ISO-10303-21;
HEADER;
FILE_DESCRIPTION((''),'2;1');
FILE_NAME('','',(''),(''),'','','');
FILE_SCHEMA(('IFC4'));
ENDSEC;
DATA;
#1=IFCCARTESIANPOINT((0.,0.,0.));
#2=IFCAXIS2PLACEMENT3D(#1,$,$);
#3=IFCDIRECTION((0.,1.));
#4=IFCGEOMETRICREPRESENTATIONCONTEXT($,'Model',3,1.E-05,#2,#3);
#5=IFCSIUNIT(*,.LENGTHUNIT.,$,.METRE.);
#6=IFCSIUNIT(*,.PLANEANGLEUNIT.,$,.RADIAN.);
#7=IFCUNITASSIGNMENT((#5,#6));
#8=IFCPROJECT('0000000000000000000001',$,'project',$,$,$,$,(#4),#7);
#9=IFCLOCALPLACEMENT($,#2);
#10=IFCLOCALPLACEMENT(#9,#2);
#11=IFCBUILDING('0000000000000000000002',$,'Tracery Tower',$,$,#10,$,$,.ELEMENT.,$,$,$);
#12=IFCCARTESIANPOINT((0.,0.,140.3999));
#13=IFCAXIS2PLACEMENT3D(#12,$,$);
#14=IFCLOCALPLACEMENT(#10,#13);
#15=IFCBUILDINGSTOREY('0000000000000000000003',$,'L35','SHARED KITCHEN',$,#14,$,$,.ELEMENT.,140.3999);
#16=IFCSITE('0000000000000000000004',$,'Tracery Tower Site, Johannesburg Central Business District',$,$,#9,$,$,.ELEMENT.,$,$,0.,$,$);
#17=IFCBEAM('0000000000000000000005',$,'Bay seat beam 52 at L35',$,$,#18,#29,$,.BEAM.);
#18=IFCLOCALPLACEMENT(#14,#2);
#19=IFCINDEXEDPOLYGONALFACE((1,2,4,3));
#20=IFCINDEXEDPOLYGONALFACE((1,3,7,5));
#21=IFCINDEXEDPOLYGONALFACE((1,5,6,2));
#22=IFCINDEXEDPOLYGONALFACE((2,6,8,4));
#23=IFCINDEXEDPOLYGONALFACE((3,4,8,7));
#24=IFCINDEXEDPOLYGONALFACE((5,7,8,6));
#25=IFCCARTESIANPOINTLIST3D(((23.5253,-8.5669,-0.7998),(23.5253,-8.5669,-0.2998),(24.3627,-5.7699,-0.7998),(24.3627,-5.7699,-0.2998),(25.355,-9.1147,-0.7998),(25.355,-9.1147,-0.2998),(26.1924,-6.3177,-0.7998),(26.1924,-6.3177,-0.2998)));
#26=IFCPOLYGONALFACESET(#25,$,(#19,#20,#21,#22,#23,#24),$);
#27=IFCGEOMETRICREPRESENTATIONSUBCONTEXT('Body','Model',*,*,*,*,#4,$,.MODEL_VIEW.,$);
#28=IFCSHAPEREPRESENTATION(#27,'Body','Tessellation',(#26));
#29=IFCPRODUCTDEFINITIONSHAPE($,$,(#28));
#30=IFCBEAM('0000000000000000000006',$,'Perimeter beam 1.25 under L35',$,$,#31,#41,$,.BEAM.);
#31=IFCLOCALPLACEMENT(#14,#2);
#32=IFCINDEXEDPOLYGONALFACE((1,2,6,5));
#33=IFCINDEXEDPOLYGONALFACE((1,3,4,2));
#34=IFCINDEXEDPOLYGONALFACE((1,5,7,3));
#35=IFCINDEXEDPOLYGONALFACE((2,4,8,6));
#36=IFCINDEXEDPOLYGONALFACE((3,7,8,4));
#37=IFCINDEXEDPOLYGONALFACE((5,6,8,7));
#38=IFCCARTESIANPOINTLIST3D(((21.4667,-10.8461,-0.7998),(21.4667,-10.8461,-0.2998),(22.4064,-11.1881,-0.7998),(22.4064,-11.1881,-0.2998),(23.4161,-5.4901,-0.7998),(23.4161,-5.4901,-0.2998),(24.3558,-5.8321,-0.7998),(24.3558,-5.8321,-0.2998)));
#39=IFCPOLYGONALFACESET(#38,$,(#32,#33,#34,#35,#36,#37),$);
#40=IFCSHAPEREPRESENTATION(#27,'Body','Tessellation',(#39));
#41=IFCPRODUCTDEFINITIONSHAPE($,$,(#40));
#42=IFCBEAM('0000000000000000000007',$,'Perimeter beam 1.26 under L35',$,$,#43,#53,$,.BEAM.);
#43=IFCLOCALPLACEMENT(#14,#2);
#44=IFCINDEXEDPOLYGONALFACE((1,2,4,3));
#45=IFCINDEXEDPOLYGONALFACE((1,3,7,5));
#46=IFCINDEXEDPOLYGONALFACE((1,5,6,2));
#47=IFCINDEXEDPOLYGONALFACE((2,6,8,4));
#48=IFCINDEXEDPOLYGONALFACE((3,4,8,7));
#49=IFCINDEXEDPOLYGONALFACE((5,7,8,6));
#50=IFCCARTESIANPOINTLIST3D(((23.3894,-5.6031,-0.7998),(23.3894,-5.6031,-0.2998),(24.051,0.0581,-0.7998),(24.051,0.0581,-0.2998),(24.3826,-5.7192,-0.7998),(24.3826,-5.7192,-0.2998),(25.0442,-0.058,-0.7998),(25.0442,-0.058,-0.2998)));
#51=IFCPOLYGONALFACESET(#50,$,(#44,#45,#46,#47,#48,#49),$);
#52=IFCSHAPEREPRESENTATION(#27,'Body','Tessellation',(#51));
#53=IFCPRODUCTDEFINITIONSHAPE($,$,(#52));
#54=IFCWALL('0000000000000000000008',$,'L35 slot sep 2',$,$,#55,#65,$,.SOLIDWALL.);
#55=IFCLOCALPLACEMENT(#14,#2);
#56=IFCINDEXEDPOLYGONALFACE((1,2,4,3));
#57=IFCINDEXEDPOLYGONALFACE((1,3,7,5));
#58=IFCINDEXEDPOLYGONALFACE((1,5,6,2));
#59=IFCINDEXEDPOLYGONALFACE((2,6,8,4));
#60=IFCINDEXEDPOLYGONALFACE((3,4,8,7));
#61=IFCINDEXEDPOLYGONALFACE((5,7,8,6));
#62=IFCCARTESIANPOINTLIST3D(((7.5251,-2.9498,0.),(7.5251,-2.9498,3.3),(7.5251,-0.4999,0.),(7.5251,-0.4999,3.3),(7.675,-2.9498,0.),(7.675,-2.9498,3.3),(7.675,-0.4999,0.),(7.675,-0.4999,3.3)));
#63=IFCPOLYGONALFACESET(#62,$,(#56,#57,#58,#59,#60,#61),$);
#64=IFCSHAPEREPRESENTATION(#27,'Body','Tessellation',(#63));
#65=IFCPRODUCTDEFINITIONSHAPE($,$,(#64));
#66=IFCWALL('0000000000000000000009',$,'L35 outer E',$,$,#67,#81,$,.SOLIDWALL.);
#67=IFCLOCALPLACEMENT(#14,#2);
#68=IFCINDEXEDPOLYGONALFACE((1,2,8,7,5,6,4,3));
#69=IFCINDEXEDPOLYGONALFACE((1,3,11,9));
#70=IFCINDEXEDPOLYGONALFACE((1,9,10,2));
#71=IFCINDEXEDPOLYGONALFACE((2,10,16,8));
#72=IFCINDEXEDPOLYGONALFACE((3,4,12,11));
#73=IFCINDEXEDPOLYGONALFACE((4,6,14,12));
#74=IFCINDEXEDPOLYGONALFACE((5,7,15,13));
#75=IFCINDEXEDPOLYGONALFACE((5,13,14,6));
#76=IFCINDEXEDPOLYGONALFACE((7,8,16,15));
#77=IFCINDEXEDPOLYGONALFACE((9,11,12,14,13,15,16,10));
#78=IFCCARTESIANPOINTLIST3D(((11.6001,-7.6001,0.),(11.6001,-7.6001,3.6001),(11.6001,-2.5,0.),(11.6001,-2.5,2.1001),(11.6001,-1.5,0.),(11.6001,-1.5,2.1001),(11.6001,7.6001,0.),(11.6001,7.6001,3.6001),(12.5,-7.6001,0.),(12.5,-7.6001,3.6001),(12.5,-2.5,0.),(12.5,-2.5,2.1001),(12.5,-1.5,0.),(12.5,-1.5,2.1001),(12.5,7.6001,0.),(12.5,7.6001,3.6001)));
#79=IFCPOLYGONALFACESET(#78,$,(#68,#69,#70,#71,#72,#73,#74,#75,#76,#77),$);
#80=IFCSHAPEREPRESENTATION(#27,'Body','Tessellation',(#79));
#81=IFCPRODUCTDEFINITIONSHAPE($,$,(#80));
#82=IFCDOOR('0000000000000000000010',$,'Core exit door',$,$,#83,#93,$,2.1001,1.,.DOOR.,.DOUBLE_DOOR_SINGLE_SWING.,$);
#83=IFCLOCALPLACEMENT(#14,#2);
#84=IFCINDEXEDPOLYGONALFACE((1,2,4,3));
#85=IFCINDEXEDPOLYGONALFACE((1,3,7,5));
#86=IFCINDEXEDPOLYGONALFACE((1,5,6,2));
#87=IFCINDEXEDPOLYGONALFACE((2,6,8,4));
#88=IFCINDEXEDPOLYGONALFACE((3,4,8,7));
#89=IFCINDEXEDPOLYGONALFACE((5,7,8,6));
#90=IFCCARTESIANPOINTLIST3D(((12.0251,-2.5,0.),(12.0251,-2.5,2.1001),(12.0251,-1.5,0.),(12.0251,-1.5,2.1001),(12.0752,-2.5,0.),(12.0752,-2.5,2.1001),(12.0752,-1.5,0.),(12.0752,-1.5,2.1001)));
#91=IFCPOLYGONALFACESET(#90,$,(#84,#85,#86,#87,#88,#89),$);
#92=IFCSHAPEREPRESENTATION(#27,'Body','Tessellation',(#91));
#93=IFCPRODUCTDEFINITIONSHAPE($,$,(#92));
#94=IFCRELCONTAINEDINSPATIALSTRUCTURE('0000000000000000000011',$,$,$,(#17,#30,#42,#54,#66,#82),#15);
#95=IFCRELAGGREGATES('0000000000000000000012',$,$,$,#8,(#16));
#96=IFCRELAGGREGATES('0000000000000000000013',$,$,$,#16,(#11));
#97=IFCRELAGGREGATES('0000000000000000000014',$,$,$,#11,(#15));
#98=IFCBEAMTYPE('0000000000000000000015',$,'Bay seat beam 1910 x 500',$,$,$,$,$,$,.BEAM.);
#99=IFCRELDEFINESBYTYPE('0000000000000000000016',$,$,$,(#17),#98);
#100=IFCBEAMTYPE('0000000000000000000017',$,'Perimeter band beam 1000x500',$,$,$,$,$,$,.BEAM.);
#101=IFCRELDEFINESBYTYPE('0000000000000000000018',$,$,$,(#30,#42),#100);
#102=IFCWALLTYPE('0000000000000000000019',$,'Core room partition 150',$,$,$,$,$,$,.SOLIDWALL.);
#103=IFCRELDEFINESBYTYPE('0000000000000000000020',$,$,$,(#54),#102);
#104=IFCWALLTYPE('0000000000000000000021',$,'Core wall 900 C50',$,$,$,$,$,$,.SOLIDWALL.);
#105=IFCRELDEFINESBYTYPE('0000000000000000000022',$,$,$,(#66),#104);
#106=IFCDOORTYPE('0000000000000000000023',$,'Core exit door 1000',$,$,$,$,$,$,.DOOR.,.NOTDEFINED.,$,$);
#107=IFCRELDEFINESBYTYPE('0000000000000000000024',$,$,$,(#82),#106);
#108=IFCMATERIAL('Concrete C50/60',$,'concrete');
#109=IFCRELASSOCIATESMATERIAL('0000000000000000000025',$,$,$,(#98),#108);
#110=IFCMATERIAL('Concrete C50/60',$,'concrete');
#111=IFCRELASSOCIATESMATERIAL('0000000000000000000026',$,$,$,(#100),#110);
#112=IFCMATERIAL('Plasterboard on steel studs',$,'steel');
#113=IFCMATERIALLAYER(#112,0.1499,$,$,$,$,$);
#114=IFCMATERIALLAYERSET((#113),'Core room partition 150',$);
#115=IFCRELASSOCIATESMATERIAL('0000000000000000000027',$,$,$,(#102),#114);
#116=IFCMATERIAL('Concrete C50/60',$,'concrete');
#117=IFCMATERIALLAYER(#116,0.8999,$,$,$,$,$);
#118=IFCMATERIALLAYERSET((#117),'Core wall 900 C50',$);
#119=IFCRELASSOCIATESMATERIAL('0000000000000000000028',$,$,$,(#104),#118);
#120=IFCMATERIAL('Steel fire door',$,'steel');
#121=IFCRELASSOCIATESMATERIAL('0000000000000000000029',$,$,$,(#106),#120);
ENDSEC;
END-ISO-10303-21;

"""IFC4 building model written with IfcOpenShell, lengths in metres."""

from ifc_helpers import new_model, si_unit, direction, frame, frame_2d, origin, origin_2d, place, context, subcontext, project, spatial, rectangle, extrude, material, layer, layer_set, material_profile, profile_set, type_object, element, fill, save


model = new_model("IFC4")

# Units and contexts
model_context = context("Model", 3, precision=1e-05, world=origin(), true_north=direction((0.0, 1.0)))
body_context = subcontext(model_context, "Body", "Model", "MODEL_VIEW")
ifc_project = project(units=[si_unit("LENGTHUNIT", "METRE"), si_unit("PLANEANGLEUNIT", "RADIAN")], contexts=[model_context])

# Site, building, storey
site_placement = place(None, origin())
site = spatial("IfcSite", under=ifc_project, at=site_placement, Name="Tracery Tower Site, Johannesburg Central Business District", CompositionType="ELEMENT", RefElevation=0.0)
building_placement = place(site_placement, origin())
building = spatial("IfcBuilding", under=site, at=building_placement, Name="Tracery Tower", CompositionType="ELEMENT")
storey_placement = place(building_placement, frame((0.0, 0.0, 140.3999)))
storey = spatial("IfcBuildingStorey", under=building, at=storey_placement, Name="L35", Description="SHARED KITCHEN", CompositionType="ELEMENT", Elevation=140.3999)

# Beams
ifc_material_1 = material(Name="Concrete C50/60", Category="concrete")
ifc_material_profile_1 = material_profile(ifc_material_1, rectangle(XDim=1.9099, YDim=0.5, at=origin_2d()), Name="RC 1910x500")
ifc_profile_set_1 = profile_set([ifc_material_profile_1], Name="Concrete C50/60")
beam_type_1 = type_object("IfcBeamType", Name="Bay seat beam 1910 x 500", PredefinedType="BEAM", material=ifc_profile_set_1)
beam_placement = place(storey_placement, frame((24.4402, -8.8408, -0.5498), z_axis=(0.286803, 0.95799, 0.0), x_axis=(-0.95799, 0.286803, 0.0)))
element("IfcBeam", 1, at=beam_placement, inside=storey, type_object=beam_type_1, Name="Bay seat beam 52 at L35", PredefinedType="BEAM", context=body_context, shape_type="SweptSolid", body=[
    extrude(rectangle(XDim=1.9099, YDim=0.5, at=origin_2d()), origin(), (0.0, 0.0, 1.0), 2.9197),
])
ifc_material_2 = material(Name="Concrete C50/60", Category="concrete")
ifc_material_profile_2 = material_profile(ifc_material_2, rectangle(XDim=1.0, YDim=0.5, at=origin_2d()), Name="RC 1000x500")
ifc_profile_set_2 = profile_set([ifc_material_profile_2], Name="Concrete C50/60")
beam_type_2 = type_object("IfcBeamType", Name="Perimeter band beam 1000x500", PredefinedType="BEAM", material=ifc_profile_set_2)
for number, where, z_axis, x_axis, name in (
    (2, (21.9365, -11.0171, -0.5498), (0.342029, 0.93969, 0.0), (-0.93969, 0.342029, 0.0), "Perimeter beam 1.25 under L35"),
    (3, (23.886, -5.6611, -0.5498), (0.116081, 0.99324, 0.0), (-0.99324, 0.116081, 0.0), "Perimeter beam 1.26 under L35"),
):
    element("IfcBeam", number, at=place(storey_placement, frame(where, z_axis=z_axis, x_axis=x_axis)), inside=storey, type_object=beam_type_2, Name=name, PredefinedType="BEAM", context=body_context, shape_type="SweptSolid", body=[
        extrude(rectangle(XDim=1.0, YDim=0.5, at=origin_2d()), origin(), (0.0, 0.0, 1.0), 5.6997),
    ])

# Wall
ifc_material_3 = material(Name="Plasterboard on steel studs", Category="steel")
ifc_layer_1 = layer(ifc_material_3, 0.1499)
ifc_layer_set_1 = layer_set([ifc_layer_1], Name="Core room partition 150")
wall_type_1 = type_object("IfcWallType", Name="Core room partition 150", PredefinedType="SOLIDWALL", material=ifc_layer_set_1)
wall_1_placement = place(storey_placement, frame((7.6001, -2.95, 0.0), z_axis=(0.0, 0.0, 1.0), x_axis=(0.0, 1.0, 0.0)))
element("IfcWall", 4, at=wall_1_placement, inside=storey, type_object=wall_type_1, Name="L35 slot sep 2", PredefinedType="SOLIDWALL", context=body_context, shape_type="SweptSolid", body=[
    extrude(rectangle(XDim=2.45, YDim=0.1499, at=frame_2d((1.2251, 0.0))), origin(), (0.0, 0.0, 1.0), 3.3),
])

# Wall, opening, door
ifc_material_4 = material(Name="Concrete C50/60", Category="concrete")
ifc_layer_2 = layer(ifc_material_4, 0.8999)
ifc_layer_set_2 = layer_set([ifc_layer_2], Name="Core wall 900 C50")
wall_type_2 = type_object("IfcWallType", Name="Core wall 900 C50", PredefinedType="SOLIDWALL", material=ifc_layer_set_2)
wall_2_placement = place(storey_placement, frame((12.05, -7.6001, 0.0), z_axis=(0.0, 0.0, 1.0), x_axis=(0.0, 1.0, 0.0)))
wall_2 = element("IfcWall", 5, at=wall_2_placement, inside=storey, type_object=wall_type_2, Name="L35 outer E", PredefinedType="SOLIDWALL", context=body_context, shape_type="SweptSolid", body=[
    extrude(rectangle(XDim=15.2002, YDim=0.8999, at=frame_2d((7.6001, 0.0))), origin(), (0.0, 0.0, 1.0), 3.6001),
])
opening_1_placement = place(wall_2_placement, frame((5.1001, 0.0, 0.0)))
opening_1 = element("IfcOpeningElement", 6, at=opening_1_placement, cuts=wall_2, PredefinedType="OPENING", context=body_context, shape_type="SweptSolid", body=[
    extrude(rectangle(XDim=1.0, YDim=2.1001, at=frame_2d((0.5, 1.05))), frame((0.0, 0.45, 0.0), z_axis=(0.0, -1.0, 0.0), x_axis=(1.0, 0.0, 0.0)), (0.0, 0.0, 1.0), 0.8999),
])
ifc_material_5 = material(Name="Steel fire door", Category="steel")
door_type_1 = type_object("IfcDoorType", Name="Core exit door 1000", OperationType="NOTDEFINED", PredefinedType="DOOR", material=ifc_material_5)
door_1_placement = place(opening_1_placement, origin())
door_1 = element("IfcDoor", 7, at=door_1_placement, inside=storey, type_object=door_type_1, Name="Core exit door", OperationType="DOUBLE_DOOR_SINGLE_SWING", OverallHeight=2.1001, OverallWidth=1.0, PredefinedType="DOOR", context=body_context, shape_type="SweptSolid", body=[
    extrude(rectangle(XDim=1.0, YDim=2.1001, at=frame_2d((0.5, 1.05))), frame((0.0, 0.0249, 0.0), z_axis=(0.0, -1.0, 0.0), x_axis=(1.0, 0.0, 0.0)), (0.0, 0.0, 1.0), 0.05),
])
fill(opening_1, door_1)

save(model, "model.ifc")
